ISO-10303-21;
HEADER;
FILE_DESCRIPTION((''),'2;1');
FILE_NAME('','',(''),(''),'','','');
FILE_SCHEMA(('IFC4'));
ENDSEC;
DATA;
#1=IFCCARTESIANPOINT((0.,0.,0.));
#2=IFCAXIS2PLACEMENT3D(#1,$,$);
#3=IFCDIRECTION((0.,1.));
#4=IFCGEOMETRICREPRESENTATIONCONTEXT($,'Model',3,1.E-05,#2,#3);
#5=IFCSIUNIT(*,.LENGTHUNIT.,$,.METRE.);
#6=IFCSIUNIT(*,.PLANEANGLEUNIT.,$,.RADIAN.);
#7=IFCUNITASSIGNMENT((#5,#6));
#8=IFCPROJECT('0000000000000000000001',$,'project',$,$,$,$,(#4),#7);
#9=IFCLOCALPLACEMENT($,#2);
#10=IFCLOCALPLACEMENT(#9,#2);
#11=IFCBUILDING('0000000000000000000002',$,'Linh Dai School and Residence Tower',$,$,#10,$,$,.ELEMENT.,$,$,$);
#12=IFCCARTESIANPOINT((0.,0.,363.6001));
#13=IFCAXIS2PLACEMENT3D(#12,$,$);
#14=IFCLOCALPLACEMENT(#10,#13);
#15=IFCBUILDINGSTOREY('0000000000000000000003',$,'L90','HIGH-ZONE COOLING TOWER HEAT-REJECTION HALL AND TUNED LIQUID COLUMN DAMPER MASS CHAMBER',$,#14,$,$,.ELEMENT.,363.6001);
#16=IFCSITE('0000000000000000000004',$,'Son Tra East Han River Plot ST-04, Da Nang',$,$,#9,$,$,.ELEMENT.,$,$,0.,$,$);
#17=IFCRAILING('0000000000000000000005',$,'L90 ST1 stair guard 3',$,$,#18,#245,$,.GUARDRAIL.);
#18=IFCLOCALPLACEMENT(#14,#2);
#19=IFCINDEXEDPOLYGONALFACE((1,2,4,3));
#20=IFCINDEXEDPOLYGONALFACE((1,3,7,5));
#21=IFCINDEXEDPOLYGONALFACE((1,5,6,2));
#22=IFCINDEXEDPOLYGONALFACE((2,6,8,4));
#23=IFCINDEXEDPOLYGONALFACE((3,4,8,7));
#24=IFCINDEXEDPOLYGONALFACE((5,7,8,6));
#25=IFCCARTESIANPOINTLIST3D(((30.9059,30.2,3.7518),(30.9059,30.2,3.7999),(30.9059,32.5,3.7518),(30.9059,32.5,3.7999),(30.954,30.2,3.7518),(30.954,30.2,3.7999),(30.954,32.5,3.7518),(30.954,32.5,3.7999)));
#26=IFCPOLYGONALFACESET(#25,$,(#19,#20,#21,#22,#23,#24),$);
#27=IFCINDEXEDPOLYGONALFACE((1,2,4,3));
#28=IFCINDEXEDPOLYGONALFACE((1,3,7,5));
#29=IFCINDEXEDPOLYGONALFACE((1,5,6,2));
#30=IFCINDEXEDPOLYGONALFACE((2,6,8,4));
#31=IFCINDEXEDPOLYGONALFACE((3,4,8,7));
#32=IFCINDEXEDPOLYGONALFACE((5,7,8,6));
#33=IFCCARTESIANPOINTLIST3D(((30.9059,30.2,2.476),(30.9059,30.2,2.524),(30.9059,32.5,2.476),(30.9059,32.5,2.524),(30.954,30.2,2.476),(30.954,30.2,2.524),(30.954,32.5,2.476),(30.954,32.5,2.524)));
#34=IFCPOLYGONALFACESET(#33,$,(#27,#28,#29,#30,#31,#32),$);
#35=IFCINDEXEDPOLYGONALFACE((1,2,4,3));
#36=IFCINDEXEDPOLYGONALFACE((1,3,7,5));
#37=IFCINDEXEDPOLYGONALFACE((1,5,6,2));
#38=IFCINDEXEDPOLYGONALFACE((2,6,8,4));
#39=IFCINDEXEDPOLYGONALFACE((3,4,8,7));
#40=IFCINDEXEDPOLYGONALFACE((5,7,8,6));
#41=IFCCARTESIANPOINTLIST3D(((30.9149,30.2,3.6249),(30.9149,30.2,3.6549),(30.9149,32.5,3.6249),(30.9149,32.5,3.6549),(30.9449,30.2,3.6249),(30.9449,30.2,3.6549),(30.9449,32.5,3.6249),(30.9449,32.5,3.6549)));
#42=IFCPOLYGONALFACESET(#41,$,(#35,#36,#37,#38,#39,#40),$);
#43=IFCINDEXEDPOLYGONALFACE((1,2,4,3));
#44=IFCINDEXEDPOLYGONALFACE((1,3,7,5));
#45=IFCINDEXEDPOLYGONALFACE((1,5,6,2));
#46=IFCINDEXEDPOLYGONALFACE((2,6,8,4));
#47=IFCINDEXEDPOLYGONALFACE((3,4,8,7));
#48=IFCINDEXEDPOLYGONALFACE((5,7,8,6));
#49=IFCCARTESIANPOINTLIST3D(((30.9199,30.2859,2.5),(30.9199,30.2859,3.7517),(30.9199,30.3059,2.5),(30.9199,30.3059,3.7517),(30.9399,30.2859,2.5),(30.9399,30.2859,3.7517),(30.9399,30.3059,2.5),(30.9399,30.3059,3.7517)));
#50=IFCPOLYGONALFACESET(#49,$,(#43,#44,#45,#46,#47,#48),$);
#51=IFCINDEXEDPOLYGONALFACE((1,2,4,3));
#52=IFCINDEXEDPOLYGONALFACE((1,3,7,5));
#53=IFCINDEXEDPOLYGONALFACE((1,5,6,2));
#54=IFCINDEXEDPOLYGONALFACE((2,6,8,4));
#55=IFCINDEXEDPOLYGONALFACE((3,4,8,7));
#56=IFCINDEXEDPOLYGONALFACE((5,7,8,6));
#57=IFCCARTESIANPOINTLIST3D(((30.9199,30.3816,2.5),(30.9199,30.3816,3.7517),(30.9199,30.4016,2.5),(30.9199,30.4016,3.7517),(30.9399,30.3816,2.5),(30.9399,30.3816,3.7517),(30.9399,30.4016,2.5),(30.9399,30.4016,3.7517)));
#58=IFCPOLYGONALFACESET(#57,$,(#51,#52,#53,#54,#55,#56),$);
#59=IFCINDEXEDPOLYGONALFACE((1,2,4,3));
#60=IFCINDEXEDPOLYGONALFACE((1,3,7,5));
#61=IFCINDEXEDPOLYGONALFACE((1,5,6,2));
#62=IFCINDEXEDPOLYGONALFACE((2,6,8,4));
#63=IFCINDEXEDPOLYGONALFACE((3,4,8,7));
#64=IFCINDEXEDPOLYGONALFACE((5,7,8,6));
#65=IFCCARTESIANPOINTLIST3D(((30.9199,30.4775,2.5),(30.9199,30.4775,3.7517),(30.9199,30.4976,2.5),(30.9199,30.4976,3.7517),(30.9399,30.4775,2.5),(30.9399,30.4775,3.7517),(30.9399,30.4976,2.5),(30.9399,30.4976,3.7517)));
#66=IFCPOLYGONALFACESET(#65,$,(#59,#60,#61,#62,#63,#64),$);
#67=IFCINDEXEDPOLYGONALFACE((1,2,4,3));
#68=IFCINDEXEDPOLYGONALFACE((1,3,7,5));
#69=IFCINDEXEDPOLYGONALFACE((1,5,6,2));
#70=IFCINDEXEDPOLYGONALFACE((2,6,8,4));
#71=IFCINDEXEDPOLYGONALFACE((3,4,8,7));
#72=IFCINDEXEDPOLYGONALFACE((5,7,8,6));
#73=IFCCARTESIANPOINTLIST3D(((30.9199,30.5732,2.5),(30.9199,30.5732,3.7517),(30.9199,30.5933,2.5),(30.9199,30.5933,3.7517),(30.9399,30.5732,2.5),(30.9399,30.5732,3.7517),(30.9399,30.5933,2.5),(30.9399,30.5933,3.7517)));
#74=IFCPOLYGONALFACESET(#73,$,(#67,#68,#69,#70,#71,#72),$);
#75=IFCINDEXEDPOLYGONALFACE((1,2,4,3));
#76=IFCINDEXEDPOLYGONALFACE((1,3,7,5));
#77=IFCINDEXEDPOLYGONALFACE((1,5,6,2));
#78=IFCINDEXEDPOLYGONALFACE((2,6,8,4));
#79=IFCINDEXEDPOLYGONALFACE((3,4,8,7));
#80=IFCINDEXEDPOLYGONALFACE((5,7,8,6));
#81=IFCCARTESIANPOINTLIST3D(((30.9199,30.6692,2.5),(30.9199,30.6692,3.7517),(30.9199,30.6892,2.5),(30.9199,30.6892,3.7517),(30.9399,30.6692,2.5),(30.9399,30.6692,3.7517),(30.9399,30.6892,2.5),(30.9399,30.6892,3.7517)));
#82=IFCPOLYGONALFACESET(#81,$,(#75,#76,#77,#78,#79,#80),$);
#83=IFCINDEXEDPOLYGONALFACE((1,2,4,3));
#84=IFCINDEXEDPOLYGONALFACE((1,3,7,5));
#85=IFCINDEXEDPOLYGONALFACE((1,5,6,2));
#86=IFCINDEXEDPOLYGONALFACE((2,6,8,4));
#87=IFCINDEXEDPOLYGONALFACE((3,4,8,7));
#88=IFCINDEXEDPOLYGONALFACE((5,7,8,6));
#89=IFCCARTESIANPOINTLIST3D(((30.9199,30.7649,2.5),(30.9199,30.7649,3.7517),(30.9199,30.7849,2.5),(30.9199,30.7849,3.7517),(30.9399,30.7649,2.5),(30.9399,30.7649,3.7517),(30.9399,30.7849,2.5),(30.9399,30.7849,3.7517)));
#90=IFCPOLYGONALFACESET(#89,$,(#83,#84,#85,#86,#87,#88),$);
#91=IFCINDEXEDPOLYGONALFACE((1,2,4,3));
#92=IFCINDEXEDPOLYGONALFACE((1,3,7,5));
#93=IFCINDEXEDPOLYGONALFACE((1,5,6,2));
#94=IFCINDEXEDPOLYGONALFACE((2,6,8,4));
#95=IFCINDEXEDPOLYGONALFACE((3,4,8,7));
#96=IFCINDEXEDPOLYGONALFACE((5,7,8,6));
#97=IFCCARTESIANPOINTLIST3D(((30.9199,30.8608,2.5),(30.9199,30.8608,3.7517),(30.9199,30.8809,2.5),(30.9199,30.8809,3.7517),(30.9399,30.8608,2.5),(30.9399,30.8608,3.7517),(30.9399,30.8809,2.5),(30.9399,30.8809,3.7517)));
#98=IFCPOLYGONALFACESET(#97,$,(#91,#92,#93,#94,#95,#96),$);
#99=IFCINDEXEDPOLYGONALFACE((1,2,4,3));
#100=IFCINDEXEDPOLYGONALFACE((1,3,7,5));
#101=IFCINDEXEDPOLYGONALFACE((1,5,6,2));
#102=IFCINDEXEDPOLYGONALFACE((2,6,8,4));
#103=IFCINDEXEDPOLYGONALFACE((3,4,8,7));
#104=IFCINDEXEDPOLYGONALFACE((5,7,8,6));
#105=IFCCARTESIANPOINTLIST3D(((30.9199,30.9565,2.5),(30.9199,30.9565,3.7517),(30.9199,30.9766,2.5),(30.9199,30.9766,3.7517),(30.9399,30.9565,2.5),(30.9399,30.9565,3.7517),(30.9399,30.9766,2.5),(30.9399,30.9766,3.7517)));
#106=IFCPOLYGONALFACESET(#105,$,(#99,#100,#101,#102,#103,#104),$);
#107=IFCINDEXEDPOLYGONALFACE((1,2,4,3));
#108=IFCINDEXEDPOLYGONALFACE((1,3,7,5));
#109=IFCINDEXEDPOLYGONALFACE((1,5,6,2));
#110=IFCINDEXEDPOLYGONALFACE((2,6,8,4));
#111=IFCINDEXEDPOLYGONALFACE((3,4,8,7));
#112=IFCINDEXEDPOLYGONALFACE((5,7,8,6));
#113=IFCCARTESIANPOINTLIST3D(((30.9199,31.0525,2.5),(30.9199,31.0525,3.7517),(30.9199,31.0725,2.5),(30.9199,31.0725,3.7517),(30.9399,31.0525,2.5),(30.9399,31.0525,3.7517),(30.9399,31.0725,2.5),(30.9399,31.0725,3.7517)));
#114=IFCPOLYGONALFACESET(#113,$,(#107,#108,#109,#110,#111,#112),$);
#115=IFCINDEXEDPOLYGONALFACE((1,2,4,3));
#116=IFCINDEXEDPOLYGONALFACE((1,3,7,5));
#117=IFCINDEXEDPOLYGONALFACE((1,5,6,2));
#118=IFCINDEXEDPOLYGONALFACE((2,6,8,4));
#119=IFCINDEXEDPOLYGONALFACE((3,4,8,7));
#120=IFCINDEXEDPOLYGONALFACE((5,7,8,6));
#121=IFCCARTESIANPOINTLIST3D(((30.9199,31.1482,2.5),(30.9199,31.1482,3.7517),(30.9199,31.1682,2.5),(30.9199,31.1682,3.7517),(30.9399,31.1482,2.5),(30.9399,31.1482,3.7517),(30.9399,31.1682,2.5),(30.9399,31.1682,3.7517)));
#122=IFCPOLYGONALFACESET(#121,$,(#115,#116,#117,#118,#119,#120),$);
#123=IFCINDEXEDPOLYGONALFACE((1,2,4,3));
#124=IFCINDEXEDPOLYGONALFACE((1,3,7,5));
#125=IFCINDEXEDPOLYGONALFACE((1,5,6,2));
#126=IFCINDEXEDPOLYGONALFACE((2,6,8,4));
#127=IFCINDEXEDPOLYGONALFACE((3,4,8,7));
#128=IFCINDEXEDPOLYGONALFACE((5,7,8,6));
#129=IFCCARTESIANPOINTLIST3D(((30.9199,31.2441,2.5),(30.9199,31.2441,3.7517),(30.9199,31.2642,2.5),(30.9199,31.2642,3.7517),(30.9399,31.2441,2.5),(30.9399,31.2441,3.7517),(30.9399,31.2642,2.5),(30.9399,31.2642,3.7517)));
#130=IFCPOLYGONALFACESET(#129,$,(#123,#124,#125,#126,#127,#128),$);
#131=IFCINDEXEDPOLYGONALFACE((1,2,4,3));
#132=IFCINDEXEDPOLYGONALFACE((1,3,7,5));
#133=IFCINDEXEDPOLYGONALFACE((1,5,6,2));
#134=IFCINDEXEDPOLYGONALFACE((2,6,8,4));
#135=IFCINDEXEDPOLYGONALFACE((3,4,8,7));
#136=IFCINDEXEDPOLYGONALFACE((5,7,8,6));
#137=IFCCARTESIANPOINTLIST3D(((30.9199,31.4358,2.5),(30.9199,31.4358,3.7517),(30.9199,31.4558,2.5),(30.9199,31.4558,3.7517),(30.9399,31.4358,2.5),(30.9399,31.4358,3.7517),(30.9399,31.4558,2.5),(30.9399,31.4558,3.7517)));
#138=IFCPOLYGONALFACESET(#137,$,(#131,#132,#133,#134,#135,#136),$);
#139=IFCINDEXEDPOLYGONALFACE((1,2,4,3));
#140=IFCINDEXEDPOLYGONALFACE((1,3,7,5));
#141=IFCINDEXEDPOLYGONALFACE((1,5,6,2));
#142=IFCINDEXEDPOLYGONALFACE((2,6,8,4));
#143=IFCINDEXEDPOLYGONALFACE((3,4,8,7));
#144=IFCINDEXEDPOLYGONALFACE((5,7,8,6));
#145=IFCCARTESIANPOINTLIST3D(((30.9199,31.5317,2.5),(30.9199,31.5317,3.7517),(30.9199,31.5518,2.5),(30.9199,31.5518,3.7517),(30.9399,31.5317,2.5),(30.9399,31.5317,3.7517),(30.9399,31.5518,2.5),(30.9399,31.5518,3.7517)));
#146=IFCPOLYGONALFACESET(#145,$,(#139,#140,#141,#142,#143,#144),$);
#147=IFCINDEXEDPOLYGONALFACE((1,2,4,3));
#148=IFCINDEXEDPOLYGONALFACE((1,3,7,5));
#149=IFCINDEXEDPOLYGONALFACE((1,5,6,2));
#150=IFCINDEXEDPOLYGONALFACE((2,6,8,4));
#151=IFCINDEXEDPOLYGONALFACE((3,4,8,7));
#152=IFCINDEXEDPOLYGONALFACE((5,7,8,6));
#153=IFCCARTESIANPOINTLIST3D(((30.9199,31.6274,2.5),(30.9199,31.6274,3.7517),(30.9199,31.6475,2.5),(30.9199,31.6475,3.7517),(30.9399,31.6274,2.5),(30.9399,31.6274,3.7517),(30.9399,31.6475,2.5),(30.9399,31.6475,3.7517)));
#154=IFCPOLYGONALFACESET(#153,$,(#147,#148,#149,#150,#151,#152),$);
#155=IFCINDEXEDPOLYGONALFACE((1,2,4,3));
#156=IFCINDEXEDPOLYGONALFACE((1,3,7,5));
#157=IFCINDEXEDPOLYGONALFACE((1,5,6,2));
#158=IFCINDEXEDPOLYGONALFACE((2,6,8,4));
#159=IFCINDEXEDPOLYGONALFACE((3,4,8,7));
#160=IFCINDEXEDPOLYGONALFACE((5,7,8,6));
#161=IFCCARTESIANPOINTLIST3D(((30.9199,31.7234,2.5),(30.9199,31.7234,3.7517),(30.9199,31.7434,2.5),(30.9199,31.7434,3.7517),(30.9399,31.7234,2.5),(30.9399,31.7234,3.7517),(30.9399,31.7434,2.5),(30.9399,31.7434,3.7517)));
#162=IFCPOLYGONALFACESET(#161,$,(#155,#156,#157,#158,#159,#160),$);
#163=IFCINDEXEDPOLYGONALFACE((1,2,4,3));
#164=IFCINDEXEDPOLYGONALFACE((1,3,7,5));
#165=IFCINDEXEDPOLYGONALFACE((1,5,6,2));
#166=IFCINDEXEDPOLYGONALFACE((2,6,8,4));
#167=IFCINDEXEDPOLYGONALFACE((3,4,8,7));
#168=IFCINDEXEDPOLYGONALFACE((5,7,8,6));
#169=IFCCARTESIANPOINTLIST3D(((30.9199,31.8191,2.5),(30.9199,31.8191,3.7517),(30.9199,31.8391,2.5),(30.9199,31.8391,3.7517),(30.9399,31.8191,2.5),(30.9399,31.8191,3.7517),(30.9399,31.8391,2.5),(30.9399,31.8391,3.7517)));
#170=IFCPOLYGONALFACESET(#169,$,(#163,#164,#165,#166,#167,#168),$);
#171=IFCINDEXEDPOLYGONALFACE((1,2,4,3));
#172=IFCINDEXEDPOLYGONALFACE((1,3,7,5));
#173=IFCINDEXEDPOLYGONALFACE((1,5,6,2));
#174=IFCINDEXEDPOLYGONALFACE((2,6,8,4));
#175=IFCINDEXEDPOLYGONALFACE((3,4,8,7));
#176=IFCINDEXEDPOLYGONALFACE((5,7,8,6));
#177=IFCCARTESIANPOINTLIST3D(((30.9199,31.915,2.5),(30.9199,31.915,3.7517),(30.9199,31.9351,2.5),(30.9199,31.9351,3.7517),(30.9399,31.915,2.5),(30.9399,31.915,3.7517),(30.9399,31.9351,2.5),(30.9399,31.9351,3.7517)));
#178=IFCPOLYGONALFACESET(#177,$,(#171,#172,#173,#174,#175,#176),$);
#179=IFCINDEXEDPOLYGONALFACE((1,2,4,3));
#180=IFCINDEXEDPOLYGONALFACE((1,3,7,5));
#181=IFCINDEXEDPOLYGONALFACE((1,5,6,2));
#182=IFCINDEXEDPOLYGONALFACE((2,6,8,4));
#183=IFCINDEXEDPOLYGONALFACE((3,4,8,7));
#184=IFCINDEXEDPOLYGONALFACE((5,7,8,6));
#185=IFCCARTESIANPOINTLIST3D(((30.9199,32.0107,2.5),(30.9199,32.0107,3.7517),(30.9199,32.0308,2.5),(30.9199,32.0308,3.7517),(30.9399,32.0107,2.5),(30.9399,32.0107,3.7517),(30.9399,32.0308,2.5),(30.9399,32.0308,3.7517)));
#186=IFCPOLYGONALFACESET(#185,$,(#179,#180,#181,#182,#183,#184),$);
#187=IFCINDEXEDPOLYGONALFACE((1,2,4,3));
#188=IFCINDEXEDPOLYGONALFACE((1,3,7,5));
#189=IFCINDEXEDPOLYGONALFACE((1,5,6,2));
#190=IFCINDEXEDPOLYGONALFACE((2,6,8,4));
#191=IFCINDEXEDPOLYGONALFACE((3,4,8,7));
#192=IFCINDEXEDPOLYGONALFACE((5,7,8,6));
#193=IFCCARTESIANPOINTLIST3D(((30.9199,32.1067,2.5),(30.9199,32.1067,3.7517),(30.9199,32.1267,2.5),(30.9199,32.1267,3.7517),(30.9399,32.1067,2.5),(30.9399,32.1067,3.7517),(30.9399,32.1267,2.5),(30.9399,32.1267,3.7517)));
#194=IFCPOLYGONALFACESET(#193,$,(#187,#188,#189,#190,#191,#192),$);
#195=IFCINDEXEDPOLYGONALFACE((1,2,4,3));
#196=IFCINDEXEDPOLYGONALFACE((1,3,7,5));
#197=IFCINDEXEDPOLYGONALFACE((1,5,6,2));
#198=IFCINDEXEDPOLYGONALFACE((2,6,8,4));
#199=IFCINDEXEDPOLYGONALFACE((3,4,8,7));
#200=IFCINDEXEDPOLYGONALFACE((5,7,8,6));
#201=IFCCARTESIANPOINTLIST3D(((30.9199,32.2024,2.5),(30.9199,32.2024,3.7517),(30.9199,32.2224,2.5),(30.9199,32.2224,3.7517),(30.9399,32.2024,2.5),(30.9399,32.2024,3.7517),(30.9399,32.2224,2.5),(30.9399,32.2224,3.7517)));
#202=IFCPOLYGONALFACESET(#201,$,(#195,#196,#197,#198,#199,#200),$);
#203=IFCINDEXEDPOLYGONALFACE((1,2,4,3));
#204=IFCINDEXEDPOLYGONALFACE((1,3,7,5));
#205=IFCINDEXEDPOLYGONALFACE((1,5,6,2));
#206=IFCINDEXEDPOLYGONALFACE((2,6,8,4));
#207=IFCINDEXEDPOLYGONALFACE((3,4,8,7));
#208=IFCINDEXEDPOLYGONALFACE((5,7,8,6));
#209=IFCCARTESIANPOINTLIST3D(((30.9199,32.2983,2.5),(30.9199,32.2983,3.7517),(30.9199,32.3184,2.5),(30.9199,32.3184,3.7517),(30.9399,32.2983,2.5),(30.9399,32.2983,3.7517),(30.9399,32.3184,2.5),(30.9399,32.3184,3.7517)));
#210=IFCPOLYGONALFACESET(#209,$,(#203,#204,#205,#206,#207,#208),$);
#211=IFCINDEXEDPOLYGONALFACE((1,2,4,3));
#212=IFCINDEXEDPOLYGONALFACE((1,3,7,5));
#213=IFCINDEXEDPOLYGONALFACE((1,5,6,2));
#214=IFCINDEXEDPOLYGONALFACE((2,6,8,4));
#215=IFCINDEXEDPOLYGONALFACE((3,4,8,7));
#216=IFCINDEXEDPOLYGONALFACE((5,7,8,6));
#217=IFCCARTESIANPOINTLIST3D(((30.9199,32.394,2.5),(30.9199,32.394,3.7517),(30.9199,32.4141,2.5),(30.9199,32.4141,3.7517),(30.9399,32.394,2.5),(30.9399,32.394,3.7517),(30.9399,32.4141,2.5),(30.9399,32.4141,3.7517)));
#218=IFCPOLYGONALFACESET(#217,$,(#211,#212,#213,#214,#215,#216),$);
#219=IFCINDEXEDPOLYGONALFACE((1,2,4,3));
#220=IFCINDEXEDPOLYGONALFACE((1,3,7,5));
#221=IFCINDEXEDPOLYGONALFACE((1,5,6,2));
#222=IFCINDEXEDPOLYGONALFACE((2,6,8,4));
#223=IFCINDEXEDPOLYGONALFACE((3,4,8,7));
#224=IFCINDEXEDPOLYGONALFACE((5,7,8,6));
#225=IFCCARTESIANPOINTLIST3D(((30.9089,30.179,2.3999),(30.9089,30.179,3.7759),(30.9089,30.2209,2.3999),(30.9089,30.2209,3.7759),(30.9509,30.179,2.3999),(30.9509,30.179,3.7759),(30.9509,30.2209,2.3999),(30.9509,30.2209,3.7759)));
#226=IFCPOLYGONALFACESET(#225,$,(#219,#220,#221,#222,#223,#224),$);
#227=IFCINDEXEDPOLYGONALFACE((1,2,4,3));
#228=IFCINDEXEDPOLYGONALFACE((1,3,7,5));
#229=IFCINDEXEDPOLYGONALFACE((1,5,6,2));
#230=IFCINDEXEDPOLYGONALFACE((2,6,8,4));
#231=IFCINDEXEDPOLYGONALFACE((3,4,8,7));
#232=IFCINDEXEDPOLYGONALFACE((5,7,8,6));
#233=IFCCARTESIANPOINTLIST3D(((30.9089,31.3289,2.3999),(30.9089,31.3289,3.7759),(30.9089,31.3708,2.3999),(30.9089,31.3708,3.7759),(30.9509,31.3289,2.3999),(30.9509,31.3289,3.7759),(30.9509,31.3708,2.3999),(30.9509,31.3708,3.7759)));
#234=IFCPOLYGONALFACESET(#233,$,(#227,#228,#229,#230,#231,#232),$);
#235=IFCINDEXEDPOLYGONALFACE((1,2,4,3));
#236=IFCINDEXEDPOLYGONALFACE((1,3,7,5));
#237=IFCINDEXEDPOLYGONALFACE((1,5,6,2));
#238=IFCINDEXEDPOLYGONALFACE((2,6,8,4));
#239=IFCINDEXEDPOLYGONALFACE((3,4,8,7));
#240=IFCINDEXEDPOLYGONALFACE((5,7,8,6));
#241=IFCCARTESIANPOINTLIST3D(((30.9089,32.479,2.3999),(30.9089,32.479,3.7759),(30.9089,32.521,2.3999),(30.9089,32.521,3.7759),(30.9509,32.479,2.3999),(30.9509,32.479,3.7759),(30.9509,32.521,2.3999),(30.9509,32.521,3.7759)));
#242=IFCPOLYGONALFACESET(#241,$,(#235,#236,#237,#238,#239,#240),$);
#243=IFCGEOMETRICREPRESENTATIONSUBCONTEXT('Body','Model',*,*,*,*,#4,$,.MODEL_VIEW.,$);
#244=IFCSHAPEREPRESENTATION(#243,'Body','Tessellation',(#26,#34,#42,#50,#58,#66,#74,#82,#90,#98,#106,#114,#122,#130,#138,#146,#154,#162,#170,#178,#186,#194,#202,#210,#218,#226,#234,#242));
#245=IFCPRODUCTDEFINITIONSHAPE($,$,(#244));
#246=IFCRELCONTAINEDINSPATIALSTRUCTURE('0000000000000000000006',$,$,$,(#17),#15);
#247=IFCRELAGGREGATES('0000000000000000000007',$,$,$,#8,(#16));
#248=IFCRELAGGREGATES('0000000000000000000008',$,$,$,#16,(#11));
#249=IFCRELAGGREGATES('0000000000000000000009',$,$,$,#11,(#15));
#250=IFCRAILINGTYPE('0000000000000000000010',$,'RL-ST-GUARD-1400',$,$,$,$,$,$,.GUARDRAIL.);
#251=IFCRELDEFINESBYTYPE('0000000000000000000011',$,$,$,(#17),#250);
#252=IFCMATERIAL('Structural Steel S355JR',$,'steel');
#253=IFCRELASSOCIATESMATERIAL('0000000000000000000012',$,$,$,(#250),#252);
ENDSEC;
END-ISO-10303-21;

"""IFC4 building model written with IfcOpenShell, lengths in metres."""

from ifc_helpers import new_model, si_unit, direction, frame, origin, origin_2d, place, context, subcontext, project, spatial, rectangle, extrude, source, transform, mapped, material, type_object, element, save


model = new_model("IFC4")

# Units and contexts
model_context = context("Model", 3, precision=1e-05, world=origin(), true_north=direction((0.0, 1.0)))
body_context = subcontext(model_context, "Body", "Model", "MODEL_VIEW")
ifc_project = project(units=[si_unit("LENGTHUNIT", "METRE"), si_unit("PLANEANGLEUNIT", "RADIAN")], contexts=[model_context])

# Site, building, storey
site_placement = place(None, origin())
site = spatial("IfcSite", under=ifc_project, at=site_placement, Name="Son Tra East Han River Plot ST-04, Da Nang", CompositionType="ELEMENT", RefElevation=0.0)
building_placement = place(site_placement, origin())
building = spatial("IfcBuilding", under=site, at=building_placement, Name="Linh Dai School and Residence Tower", CompositionType="ELEMENT")
storey_placement = place(building_placement, frame((0.0, 0.0, 363.6001)))
storey = spatial("IfcBuildingStorey", under=building, at=storey_placement, Name="L90", Description="HIGH-ZONE COOLING TOWER HEAT-REJECTION HALL AND TUNED LIQUID COLUMN DAMPER MASS CHAMBER", CompositionType="ELEMENT", Elevation=363.6001)

# Railing
ifc_material_1 = material(Name="Structural Steel S355JR", Category="steel")
railing_type_1 = type_object("IfcRailingType", Name="RL-ST-GUARD-1400", PredefinedType="GUARDRAIL", material=ifc_material_1)
shared_shape_1 = source(origin(), body_context, "Body", "SweptSolid", [
    extrude(rectangle(XDim=0.0481, YDim=0.0481, at=origin_2d()), frame((0.0, 0.0, 1.376), z_axis=(0.0, 1.0, 0.0), x_axis=(-1.0, 0.0, 0.0)), (0.0, 0.0, 1.0), 2.3),
    extrude(rectangle(XDim=0.0481, YDim=0.0481, at=origin_2d()), frame((0.0, 0.0, 0.1001), z_axis=(0.0, 1.0, 0.0), x_axis=(-1.0, 0.0, 0.0)), (0.0, 0.0, 1.0), 2.3),
    extrude(rectangle(XDim=0.03, YDim=0.03, at=origin_2d()), frame((0.0, 0.0, 1.24), z_axis=(0.0, 1.0, 0.0), x_axis=(-1.0, 0.0, 0.0)), (0.0, 0.0, 1.0), 2.3),
    extrude(rectangle(XDim=0.02, YDim=0.02, at=origin_2d()), frame((0.0, 0.0959, 0.1001)), (0.0, 0.0, 1.0), 1.2517),
    extrude(rectangle(XDim=0.02, YDim=0.02, at=origin_2d()), frame((0.0, 0.1917, 0.1001)), (0.0, 0.0, 1.0), 1.2517),
    extrude(rectangle(XDim=0.02, YDim=0.02, at=origin_2d()), frame((0.0, 0.2876, 0.1001)), (0.0, 0.0, 1.0), 1.2517),
    extrude(rectangle(XDim=0.02, YDim=0.02, at=origin_2d()), frame((0.0, 0.3833, 0.1001)), (0.0, 0.0, 1.0), 1.2517),
    extrude(rectangle(XDim=0.02, YDim=0.02, at=origin_2d()), frame((0.0, 0.4792, 0.1001)), (0.0, 0.0, 1.0), 1.2517),
    extrude(rectangle(XDim=0.02, YDim=0.02, at=origin_2d()), frame((0.0, 0.575, 0.1001)), (0.0, 0.0, 1.0), 1.2517),
    extrude(rectangle(XDim=0.02, YDim=0.02, at=origin_2d()), frame((0.0, 0.6709, 0.1001)), (0.0, 0.0, 1.0), 1.2517),
    extrude(rectangle(XDim=0.02, YDim=0.02, at=origin_2d()), frame((0.0, 0.7666, 0.1001)), (0.0, 0.0, 1.0), 1.2517),
    extrude(rectangle(XDim=0.02, YDim=0.02, at=origin_2d()), frame((0.0, 0.8625, 0.1001)), (0.0, 0.0, 1.0), 1.2517),
    extrude(rectangle(XDim=0.02, YDim=0.02, at=origin_2d()), frame((0.0, 0.9583, 0.1001)), (0.0, 0.0, 1.0), 1.2517),
    extrude(rectangle(XDim=0.02, YDim=0.02, at=origin_2d()), frame((0.0, 1.0542, 0.1001)), (0.0, 0.0, 1.0), 1.2517),
    extrude(rectangle(XDim=0.02, YDim=0.02, at=origin_2d()), frame((0.0, 1.2458, 0.1001)), (0.0, 0.0, 1.0), 1.2517),
    extrude(rectangle(XDim=0.02, YDim=0.02, at=origin_2d()), frame((0.0, 1.3418, 0.1001)), (0.0, 0.0, 1.0), 1.2517),
    extrude(rectangle(XDim=0.02, YDim=0.02, at=origin_2d()), frame((0.0, 1.4375, 0.1001)), (0.0, 0.0, 1.0), 1.2517),
    extrude(rectangle(XDim=0.02, YDim=0.02, at=origin_2d()), frame((0.0, 1.5334, 0.1001)), (0.0, 0.0, 1.0), 1.2517),
    extrude(rectangle(XDim=0.02, YDim=0.02, at=origin_2d()), frame((0.0, 1.6292, 0.1001)), (0.0, 0.0, 1.0), 1.2517),
    extrude(rectangle(XDim=0.02, YDim=0.02, at=origin_2d()), frame((0.0, 1.7251, 0.1001)), (0.0, 0.0, 1.0), 1.2517),
    extrude(rectangle(XDim=0.02, YDim=0.02, at=origin_2d()), frame((0.0, 1.8208, 0.1001)), (0.0, 0.0, 1.0), 1.2517),
    extrude(rectangle(XDim=0.02, YDim=0.02, at=origin_2d()), frame((0.0, 1.9167, 0.1001)), (0.0, 0.0, 1.0), 1.2517),
    extrude(rectangle(XDim=0.02, YDim=0.02, at=origin_2d()), frame((0.0, 2.0125, 0.1001)), (0.0, 0.0, 1.0), 1.2517),
    extrude(rectangle(XDim=0.02, YDim=0.02, at=origin_2d()), frame((0.0, 2.1084, 0.1001)), (0.0, 0.0, 1.0), 1.2517),
    extrude(rectangle(XDim=0.02, YDim=0.02, at=origin_2d()), frame((0.0, 2.2041, 0.1001)), (0.0, 0.0, 1.0), 1.2517),
    extrude(rectangle(XDim=0.042, YDim=0.042, at=origin_2d()), origin(), (0.0, 0.0, 1.0), 1.376),
    extrude(rectangle(XDim=0.042, YDim=0.042, at=origin_2d()), frame((0.0, 1.1499, 0.0)), (0.0, 0.0, 1.0), 1.376),
    extrude(rectangle(XDim=0.042, YDim=0.042, at=origin_2d()), frame((0.0, 2.3, 0.0)), (0.0, 0.0, 1.0), 1.376),
])
for number, where, name in (
    (1, (30.9299, 30.2, 2.3999), "L90 ST1 stair guard 3"),
):
    element("IfcRailing", number, at=place(storey_placement, frame(where)), inside=storey, type_object=railing_type_1, Name=name, PredefinedType="GUARDRAIL", context=body_context, shape_type="MappedRepresentation", body=[
        mapped(shared_shape_1, transform((0.0, 0.0, 0.0), x_axis=(1.0, 0.0, 0.0), y_axis=(0.0, 1.0, 0.0), z_axis=(0.0, 0.0, 1.0), scale=1.0)),
    ])

save(model, "model.ifc")
